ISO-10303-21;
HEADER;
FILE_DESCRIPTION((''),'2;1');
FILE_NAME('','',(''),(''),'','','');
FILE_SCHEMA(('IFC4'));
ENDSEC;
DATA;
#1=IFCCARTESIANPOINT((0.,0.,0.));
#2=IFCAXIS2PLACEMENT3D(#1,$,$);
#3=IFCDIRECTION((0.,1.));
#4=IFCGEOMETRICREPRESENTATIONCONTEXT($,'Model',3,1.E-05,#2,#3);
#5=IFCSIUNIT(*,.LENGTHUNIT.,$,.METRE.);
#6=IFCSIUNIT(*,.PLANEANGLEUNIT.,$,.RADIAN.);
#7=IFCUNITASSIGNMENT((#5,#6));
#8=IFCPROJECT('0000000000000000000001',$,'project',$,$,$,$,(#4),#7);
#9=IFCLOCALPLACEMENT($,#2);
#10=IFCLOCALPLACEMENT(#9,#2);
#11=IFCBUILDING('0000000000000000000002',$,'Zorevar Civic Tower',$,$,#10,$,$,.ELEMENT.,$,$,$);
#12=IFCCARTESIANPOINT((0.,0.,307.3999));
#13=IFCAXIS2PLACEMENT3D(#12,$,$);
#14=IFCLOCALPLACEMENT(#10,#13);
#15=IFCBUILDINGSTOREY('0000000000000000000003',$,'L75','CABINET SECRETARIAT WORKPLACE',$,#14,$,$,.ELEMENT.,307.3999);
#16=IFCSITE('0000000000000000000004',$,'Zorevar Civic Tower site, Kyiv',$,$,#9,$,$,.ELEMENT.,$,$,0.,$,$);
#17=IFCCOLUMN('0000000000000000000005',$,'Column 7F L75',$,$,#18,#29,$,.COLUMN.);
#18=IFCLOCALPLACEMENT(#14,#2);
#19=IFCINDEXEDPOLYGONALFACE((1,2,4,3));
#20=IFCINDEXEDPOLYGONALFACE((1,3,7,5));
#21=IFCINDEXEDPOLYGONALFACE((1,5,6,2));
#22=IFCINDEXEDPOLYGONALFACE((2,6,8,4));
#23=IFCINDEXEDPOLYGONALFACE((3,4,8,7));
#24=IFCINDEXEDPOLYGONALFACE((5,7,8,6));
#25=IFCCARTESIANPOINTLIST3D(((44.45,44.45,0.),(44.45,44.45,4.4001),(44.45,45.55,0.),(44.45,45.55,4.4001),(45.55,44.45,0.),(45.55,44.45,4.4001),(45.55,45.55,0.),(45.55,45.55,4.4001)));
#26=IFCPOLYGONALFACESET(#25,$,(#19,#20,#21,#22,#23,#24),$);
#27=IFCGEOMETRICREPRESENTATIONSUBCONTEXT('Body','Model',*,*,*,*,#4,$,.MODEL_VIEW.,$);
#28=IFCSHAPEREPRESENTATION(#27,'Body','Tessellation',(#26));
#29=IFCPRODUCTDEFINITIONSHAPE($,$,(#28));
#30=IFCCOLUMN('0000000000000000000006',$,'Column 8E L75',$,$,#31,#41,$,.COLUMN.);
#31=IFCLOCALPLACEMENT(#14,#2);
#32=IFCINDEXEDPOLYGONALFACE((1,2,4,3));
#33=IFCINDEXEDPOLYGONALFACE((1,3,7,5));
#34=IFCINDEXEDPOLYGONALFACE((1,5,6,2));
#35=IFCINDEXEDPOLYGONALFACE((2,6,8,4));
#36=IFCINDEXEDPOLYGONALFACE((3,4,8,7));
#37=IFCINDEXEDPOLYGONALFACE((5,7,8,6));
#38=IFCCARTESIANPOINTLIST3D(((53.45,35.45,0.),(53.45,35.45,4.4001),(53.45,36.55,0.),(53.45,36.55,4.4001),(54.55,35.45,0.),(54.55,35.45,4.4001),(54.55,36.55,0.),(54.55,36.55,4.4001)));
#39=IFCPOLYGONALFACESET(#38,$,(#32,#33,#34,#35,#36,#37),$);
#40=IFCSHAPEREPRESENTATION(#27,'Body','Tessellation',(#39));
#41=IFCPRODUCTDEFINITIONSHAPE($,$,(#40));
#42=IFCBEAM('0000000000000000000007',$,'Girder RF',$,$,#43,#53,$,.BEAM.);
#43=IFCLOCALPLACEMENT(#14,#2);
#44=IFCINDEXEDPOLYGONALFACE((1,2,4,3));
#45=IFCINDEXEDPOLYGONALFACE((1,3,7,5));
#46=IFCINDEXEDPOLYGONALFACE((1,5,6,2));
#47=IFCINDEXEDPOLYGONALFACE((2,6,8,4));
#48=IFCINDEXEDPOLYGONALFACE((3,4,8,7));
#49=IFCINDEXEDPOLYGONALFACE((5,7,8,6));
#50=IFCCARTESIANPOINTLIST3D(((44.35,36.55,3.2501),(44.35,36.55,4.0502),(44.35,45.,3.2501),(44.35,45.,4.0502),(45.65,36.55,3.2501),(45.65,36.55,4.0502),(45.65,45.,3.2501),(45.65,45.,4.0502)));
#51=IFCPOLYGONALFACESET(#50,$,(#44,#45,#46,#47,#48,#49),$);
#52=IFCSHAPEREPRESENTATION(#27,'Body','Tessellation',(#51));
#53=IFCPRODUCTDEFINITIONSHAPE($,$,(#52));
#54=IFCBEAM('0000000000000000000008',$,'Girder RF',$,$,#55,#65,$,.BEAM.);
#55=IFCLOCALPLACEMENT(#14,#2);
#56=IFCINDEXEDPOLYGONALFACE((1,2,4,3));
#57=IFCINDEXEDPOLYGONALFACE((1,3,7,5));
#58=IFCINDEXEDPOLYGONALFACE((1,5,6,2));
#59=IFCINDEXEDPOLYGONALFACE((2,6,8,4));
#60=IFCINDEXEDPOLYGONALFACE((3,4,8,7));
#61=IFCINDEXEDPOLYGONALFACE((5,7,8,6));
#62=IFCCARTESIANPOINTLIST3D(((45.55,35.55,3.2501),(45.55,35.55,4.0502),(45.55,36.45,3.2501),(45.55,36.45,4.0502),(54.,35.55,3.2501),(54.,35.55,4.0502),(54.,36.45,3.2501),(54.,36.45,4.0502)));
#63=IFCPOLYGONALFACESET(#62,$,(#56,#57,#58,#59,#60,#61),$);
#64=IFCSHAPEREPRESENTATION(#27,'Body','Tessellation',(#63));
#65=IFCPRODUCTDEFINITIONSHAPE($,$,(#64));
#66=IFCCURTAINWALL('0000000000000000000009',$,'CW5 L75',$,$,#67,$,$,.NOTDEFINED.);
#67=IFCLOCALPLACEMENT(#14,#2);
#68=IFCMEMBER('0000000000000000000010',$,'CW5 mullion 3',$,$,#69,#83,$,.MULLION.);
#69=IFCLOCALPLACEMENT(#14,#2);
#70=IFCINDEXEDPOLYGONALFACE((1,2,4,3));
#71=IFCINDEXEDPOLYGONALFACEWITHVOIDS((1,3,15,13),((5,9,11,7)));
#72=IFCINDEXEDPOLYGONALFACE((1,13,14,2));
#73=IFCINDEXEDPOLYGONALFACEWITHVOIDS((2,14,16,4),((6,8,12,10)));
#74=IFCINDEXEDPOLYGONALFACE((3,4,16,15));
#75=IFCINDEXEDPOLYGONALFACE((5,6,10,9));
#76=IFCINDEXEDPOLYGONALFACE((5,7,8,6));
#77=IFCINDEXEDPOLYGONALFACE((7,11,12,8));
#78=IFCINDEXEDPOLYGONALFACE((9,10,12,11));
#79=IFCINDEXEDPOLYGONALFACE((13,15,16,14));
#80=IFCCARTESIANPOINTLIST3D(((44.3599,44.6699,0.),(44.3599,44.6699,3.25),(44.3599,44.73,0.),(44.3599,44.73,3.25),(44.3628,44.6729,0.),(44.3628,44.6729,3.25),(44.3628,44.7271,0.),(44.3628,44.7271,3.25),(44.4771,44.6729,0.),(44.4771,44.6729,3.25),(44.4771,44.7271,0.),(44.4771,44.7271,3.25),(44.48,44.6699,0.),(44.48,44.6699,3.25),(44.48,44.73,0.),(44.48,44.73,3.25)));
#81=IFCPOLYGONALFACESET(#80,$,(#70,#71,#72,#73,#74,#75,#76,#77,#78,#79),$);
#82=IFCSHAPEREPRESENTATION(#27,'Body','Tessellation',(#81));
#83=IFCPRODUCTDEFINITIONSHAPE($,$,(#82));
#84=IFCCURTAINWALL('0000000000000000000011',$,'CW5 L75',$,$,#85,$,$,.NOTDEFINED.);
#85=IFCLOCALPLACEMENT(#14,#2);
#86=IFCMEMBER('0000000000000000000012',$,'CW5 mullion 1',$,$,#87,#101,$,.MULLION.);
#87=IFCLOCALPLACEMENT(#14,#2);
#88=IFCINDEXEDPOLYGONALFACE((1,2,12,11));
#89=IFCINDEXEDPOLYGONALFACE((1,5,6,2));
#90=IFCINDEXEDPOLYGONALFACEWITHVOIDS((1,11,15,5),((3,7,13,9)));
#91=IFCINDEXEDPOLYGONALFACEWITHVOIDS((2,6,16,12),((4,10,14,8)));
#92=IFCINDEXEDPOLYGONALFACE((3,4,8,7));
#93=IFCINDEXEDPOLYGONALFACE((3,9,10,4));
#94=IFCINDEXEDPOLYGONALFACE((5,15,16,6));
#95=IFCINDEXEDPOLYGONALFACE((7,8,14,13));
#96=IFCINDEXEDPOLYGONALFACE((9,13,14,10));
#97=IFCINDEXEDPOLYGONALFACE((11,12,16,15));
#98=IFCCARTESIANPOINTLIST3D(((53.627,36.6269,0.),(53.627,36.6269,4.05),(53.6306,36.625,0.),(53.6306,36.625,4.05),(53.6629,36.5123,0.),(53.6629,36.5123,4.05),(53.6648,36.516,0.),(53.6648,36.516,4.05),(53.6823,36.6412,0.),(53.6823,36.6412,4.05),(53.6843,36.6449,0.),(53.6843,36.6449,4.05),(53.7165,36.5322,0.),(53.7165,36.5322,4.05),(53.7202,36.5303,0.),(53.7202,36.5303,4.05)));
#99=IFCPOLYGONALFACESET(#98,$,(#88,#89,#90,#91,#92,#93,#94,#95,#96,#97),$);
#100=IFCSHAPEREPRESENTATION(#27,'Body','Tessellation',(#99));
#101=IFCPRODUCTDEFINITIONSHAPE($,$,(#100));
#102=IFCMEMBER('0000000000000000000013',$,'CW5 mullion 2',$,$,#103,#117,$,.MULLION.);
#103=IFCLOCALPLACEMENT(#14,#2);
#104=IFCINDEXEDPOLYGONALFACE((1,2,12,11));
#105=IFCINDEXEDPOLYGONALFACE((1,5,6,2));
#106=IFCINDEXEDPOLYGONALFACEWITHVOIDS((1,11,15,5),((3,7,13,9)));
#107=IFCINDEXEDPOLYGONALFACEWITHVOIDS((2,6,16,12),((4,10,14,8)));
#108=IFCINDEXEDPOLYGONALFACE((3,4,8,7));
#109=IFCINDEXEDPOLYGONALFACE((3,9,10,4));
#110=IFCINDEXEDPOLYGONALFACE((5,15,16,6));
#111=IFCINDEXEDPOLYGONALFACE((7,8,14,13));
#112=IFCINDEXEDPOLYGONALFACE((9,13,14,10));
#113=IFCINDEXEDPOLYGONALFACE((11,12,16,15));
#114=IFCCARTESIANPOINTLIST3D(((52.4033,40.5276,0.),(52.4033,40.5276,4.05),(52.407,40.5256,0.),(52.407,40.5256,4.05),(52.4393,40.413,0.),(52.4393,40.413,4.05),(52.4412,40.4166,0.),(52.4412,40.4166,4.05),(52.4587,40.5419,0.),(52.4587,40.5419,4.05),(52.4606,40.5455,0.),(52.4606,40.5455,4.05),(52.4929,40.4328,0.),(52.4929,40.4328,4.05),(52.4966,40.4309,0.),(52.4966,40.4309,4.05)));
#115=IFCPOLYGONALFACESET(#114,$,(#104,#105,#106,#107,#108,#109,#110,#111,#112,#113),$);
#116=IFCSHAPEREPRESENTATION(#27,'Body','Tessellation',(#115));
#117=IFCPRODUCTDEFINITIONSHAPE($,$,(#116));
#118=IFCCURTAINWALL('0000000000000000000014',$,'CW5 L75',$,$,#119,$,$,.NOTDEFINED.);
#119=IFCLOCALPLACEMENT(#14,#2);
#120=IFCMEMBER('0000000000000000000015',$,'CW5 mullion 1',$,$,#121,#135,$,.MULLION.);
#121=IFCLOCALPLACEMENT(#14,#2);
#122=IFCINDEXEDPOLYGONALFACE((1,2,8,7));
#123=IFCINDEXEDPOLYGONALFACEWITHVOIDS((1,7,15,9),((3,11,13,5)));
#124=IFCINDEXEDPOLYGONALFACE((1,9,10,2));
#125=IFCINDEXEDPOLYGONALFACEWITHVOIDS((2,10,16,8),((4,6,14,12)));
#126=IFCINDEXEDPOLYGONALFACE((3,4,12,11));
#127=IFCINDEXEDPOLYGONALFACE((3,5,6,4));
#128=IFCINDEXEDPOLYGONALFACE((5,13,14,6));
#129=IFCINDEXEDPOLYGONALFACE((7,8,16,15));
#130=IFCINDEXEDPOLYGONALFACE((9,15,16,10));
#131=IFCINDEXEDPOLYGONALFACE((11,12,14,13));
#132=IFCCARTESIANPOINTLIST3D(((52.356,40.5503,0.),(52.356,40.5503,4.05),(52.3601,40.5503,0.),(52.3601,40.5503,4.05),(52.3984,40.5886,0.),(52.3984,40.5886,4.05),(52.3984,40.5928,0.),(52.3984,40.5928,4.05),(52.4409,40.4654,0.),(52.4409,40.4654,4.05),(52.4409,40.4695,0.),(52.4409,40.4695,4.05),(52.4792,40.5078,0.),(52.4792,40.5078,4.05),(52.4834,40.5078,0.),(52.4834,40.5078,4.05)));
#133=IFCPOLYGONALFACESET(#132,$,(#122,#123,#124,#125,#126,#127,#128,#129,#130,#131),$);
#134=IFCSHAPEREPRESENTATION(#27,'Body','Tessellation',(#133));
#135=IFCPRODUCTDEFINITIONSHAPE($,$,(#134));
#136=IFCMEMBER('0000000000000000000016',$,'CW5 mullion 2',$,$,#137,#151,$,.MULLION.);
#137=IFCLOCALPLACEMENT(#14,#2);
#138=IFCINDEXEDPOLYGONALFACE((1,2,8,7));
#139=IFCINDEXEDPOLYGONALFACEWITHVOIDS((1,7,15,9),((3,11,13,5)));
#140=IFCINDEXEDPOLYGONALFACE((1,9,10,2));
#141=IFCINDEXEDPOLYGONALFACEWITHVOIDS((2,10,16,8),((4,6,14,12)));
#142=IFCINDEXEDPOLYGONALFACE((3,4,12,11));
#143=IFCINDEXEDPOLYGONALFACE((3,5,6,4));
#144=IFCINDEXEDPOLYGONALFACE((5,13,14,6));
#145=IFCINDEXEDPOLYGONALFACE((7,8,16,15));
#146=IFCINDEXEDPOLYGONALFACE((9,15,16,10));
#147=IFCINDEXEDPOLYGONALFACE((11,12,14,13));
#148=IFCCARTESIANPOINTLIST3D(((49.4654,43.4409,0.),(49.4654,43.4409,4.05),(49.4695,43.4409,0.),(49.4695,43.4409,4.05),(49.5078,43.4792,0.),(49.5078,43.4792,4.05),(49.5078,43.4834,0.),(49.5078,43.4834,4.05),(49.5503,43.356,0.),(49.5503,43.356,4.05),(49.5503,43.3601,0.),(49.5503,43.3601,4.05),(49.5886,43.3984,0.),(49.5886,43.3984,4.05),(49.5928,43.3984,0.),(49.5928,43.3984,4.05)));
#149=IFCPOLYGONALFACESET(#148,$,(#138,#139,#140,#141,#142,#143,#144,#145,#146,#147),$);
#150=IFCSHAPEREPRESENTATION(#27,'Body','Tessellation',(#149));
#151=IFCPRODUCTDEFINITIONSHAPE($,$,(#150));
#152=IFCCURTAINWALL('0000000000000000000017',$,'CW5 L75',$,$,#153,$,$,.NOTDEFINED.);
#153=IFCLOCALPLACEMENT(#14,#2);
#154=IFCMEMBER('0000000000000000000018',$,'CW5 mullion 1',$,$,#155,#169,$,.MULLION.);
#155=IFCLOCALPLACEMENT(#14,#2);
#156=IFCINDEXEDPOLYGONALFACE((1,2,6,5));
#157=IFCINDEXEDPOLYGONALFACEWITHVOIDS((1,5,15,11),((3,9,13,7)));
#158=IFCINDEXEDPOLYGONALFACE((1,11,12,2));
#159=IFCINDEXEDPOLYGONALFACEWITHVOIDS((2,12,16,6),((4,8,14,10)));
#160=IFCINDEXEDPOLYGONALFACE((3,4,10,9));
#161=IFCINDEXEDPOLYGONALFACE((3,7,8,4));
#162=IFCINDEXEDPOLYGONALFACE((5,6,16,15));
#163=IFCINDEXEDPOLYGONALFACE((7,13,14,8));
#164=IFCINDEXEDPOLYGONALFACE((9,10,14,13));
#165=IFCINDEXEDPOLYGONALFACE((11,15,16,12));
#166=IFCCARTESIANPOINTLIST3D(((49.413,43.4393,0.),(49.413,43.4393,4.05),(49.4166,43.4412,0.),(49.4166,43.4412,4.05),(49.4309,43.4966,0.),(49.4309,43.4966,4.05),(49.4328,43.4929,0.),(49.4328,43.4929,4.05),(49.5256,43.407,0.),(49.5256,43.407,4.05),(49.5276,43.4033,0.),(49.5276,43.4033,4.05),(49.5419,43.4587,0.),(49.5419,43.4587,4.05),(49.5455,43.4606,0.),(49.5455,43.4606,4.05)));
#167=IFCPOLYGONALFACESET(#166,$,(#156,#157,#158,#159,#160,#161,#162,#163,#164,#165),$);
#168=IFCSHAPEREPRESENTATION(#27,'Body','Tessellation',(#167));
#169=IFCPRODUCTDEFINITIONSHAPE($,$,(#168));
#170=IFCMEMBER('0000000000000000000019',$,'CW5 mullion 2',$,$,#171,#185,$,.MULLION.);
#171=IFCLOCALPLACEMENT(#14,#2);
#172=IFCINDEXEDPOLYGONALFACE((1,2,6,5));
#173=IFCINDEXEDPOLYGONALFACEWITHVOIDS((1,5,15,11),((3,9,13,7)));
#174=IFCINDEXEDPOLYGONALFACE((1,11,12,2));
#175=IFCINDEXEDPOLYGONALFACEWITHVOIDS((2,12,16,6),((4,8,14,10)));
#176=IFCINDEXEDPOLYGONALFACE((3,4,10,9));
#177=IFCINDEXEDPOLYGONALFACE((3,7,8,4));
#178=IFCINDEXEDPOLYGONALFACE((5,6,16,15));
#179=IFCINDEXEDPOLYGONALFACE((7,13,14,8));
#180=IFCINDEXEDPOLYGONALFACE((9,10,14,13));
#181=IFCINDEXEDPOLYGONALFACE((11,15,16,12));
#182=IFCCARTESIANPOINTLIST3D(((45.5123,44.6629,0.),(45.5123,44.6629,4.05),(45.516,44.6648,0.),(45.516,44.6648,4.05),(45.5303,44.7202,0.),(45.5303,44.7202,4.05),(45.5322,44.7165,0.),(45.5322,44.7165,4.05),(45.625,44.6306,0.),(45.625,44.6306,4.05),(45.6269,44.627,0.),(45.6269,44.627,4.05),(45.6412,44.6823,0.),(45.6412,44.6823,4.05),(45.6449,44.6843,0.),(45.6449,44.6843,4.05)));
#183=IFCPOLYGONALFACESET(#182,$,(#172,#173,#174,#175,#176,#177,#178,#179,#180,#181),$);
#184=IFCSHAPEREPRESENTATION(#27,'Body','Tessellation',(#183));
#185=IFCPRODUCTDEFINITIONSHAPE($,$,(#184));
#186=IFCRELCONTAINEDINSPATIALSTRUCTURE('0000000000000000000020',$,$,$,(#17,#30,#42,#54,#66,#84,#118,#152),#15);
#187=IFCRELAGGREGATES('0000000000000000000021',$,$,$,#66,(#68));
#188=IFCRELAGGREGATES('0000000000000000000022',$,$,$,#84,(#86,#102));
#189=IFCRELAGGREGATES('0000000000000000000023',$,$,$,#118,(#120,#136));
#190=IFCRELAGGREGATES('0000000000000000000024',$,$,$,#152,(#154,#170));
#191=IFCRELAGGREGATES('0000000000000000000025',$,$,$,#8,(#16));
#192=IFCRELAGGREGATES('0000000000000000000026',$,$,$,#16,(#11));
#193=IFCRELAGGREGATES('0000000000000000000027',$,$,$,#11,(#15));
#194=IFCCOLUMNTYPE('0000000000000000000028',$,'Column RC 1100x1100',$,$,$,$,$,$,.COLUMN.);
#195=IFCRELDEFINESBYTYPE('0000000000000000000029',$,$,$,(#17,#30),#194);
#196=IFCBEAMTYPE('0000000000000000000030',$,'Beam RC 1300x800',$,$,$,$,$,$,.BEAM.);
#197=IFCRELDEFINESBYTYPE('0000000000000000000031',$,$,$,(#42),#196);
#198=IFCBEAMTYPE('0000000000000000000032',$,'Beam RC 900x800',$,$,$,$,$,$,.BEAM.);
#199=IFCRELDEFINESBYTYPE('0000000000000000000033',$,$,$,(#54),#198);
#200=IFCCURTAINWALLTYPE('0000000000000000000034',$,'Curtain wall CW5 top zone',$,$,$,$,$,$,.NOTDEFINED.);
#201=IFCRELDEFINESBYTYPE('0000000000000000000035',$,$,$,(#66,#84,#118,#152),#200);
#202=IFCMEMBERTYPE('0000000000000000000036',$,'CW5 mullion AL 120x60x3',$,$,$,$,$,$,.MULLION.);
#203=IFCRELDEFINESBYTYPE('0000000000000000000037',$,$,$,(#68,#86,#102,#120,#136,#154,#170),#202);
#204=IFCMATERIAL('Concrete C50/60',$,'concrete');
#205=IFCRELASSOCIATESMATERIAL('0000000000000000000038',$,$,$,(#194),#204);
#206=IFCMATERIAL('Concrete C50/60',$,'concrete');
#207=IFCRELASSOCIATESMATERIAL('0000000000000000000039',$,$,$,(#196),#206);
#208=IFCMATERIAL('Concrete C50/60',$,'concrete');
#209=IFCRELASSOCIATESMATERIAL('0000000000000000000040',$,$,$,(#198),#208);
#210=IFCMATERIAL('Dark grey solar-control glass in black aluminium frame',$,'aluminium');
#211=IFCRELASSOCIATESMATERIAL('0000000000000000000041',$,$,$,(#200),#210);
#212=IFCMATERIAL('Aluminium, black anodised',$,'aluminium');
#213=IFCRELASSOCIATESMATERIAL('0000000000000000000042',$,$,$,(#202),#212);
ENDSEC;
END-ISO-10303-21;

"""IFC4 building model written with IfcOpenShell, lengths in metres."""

from ifc_helpers import new_model, si_unit, direction, frame, origin, origin_2d, place, context, subcontext, project, spatial, rectangle, hollow_rectangle, extrude, material, material_profile, profile_set, type_object, element, aggregate, save


model = new_model("IFC4")

# Units and contexts
model_context = context("Model", 3, precision=1e-05, world=origin(), true_north=direction((0.0, 1.0)))
body_context = subcontext(model_context, "Body", "Model", "MODEL_VIEW")
ifc_project = project(units=[si_unit("LENGTHUNIT", "METRE"), si_unit("PLANEANGLEUNIT", "RADIAN")], contexts=[model_context])

# Site, building, storey
site_placement = place(None, origin())
site = spatial("IfcSite", under=ifc_project, at=site_placement, Name="Zorevar Civic Tower site, Kyiv", CompositionType="ELEMENT", RefElevation=0.0)
building_placement = place(site_placement, origin())
building = spatial("IfcBuilding", under=site, at=building_placement, Name="Zorevar Civic Tower", CompositionType="ELEMENT")
storey_placement = place(building_placement, frame((0.0, 0.0, 307.3999)))
storey = spatial("IfcBuildingStorey", under=building, at=storey_placement, Name="L75", Description="CABINET SECRETARIAT WORKPLACE", CompositionType="ELEMENT", Elevation=307.3999)

# Columns
ifc_material_1 = material(Name="Concrete C50/60", Category="concrete")
ifc_material_profile_1 = material_profile(ifc_material_1, rectangle(XDim=1.1001, YDim=1.1001, at=origin_2d()), Name="RC 1100x1100")
ifc_profile_set_1 = profile_set([ifc_material_profile_1], Name="Concrete C50/60")
column_type = type_object("IfcColumnType", Name="Column RC 1100x1100", PredefinedType="COLUMN", material=ifc_profile_set_1)
for number, where, z_axis, x_axis, name in (
    (1, (45.0, 45.0, 0.0), (0.0, 0.0, 1.0), (1.0, 0.0, 0.0), "Column 7F L75"),
    (2, (54.0, 36.0, 0.0), (0.0, 0.0, 1.0), (1.0, 0.0, 0.0), "Column 8E L75"),
):
    element("IfcColumn", number, at=place(storey_placement, frame(where, z_axis=z_axis, x_axis=x_axis)), inside=storey, type_object=column_type, Name=name, PredefinedType="COLUMN", context=body_context, shape_type="SweptSolid", body=[
        extrude(rectangle(XDim=1.1001, YDim=1.1001, at=origin_2d()), origin(), (0.0, 0.0, 1.0), 4.4001),
    ])

# Beams
ifc_material_2 = material(Name="Concrete C50/60", Category="concrete")
ifc_material_profile_2 = material_profile(ifc_material_2, rectangle(XDim=1.3, YDim=0.8, at=origin_2d()), Name="RC 1300x800")
ifc_profile_set_2 = profile_set([ifc_material_profile_2], Name="Concrete C50/60")
beam_type_1 = type_object("IfcBeamType", Name="Beam RC 1300x800", PredefinedType="BEAM", material=ifc_profile_set_2)
beam_1_placement = place(storey_placement, frame((45.0, 36.55, 3.6501), z_axis=(0.0, 1.0, 0.0), x_axis=(-1.0, 0.0, 0.0)))
element("IfcBeam", 3, at=beam_1_placement, inside=storey, type_object=beam_type_1, Name="Girder RF", PredefinedType="BEAM", context=body_context, shape_type="SweptSolid", body=[
    extrude(rectangle(XDim=1.3, YDim=0.8, at=origin_2d()), origin(), (0.0, 0.0, 1.0), 8.45),
])
ifc_material_3 = material(Name="Concrete C50/60", Category="concrete")
ifc_material_profile_3 = material_profile(ifc_material_3, rectangle(XDim=0.8999, YDim=0.8, at=origin_2d()), Name="RC 900x800")
ifc_profile_set_3 = profile_set([ifc_material_profile_3], Name="Concrete C50/60")
beam_type_2 = type_object("IfcBeamType", Name="Beam RC 900x800", PredefinedType="BEAM", material=ifc_profile_set_3)
beam_2_placement = place(storey_placement, frame((45.55, 36.0, 3.6501), z_axis=(1.0, 0.0, 0.0), x_axis=(0.0, 1.0, 0.0)))
element("IfcBeam", 4, at=beam_2_placement, inside=storey, type_object=beam_type_2, Name="Girder RF", PredefinedType="BEAM", context=body_context, shape_type="SweptSolid", body=[
    extrude(rectangle(XDim=0.8999, YDim=0.8, at=origin_2d()), origin(), (0.0, 0.0, 1.0), 8.45),
])

# Curtain wall, member
ifc_material_4 = material(Name="Dark grey solar-control glass in black aluminium frame", Category="aluminium")
curtain_wall_type = type_object("IfcCurtainWallType", Name="Curtain wall CW5 top zone", PredefinedType="NOTDEFINED", material=ifc_material_4)
curtain_wall_1_placement = place(storey_placement, origin())
curtain_wall_1 = element("IfcCurtainWall", 5, at=curtain_wall_1_placement, inside=storey, type_object=curtain_wall_type, Name="CW5 L75", PredefinedType="NOTDEFINED")
ifc_material_5 = material(Name="Aluminium, black anodised", Category="aluminium")
ifc_material_profile_4 = material_profile(ifc_material_5, hollow_rectangle(XDim=0.0601, YDim=0.1201, WallThickness=0.0029, at=origin_2d()), Name="AL 120x60x3")
ifc_profile_set_4 = profile_set([ifc_material_profile_4], Name="Aluminium, black anodised")
member_type_1 = type_object("IfcMemberType", Name="CW5 mullion AL 120x60x3", PredefinedType="MULLION", material=ifc_profile_set_4)
member_1_placement = place(storey_placement, frame((44.4199, 44.7, 0.0), z_axis=(0.0, 0.0, 1.0), x_axis=(0.0, 1.0, 0.0)))
member_1 = element("IfcMember", 6, at=member_1_placement, type_object=member_type_1, Name="CW5 mullion 3", PredefinedType="MULLION", context=body_context, shape_type="SweptSolid", body=[
    extrude(hollow_rectangle(XDim=0.0601, YDim=0.1201, WallThickness=0.0029, at=origin_2d()), origin(), (0.0, 0.0, 1.0), 3.25),
])

# Curtain walls, members
curtain_wall_2_placement = place(storey_placement, origin())
curtain_wall_2 = element("IfcCurtainWall", 7, at=curtain_wall_2_placement, inside=storey, type_object=curtain_wall_type, Name="CW5 L75", PredefinedType="NOTDEFINED")
member_2_placement = place(storey_placement, frame((53.6736, 36.5786, 0.0), z_axis=(0.0, 0.0, 1.0), x_axis=(-0.954153, -0.299318, 0.0)))
member_2 = element("IfcMember", 8, at=member_2_placement, type_object=member_type_1, Name="CW5 mullion 1", PredefinedType="MULLION", context=body_context, shape_type="SweptSolid", body=[
    extrude(hollow_rectangle(XDim=0.0601, YDim=0.1201, WallThickness=0.0029, at=origin_2d()), origin(), (0.0, 0.0, 1.0), 4.05),
])
member_3_placement = place(storey_placement, frame((52.45, 40.4792, 0.0), z_axis=(0.0, 0.0, 1.0), x_axis=(-0.954153, -0.299318, 0.0)))
member_3 = element("IfcMember", 9, at=member_3_placement, type_object=member_type_1, Name="CW5 mullion 2", PredefinedType="MULLION", context=body_context, shape_type="SweptSolid", body=[
    extrude(hollow_rectangle(XDim=0.0601, YDim=0.1201, WallThickness=0.0029, at=origin_2d()), origin(), (0.0, 0.0, 1.0), 4.05),
])
curtain_wall_3_placement = place(storey_placement, origin())
curtain_wall_3 = element("IfcCurtainWall", 10, at=curtain_wall_3_placement, inside=storey, type_object=curtain_wall_type, Name="CW5 L75", PredefinedType="NOTDEFINED")
member_4_placement = place(storey_placement, frame((52.4197, 40.5291, 0.0), z_axis=(0.0, 0.0, 1.0), x_axis=(-0.707107, -0.707107, 0.0)))
member_4 = element("IfcMember", 11, at=member_4_placement, type_object=member_type_1, Name="CW5 mullion 1", PredefinedType="MULLION", context=body_context, shape_type="SweptSolid", body=[
    extrude(hollow_rectangle(XDim=0.0601, YDim=0.1201, WallThickness=0.0029, at=origin_2d()), origin(), (0.0, 0.0, 1.0), 4.05),
])
member_5_placement = place(storey_placement, frame((49.5291, 43.4197, 0.0), z_axis=(0.0, 0.0, 1.0), x_axis=(-0.707107, -0.707107, 0.0)))
member_5 = element("IfcMember", 12, at=member_5_placement, type_object=member_type_1, Name="CW5 mullion 2", PredefinedType="MULLION", context=body_context, shape_type="SweptSolid", body=[
    extrude(hollow_rectangle(XDim=0.0601, YDim=0.1201, WallThickness=0.0029, at=origin_2d()), origin(), (0.0, 0.0, 1.0), 4.05),
])
curtain_wall_4_placement = place(storey_placement, origin())
curtain_wall_4 = element("IfcCurtainWall", 13, at=curtain_wall_4_placement, inside=storey, type_object=curtain_wall_type, Name="CW5 L75", PredefinedType="NOTDEFINED")
member_6_placement = place(storey_placement, frame((49.4792, 43.45, 0.0), z_axis=(0.0, 0.0, 1.0), x_axis=(-0.299318, -0.954153, 0.0)))
member_6 = element("IfcMember", 14, at=member_6_placement, type_object=member_type_1, Name="CW5 mullion 1", PredefinedType="MULLION", context=body_context, shape_type="SweptSolid", body=[
    extrude(hollow_rectangle(XDim=0.0601, YDim=0.1201, WallThickness=0.0029, at=origin_2d()), origin(), (0.0, 0.0, 1.0), 4.05),
])
member_7_placement = place(storey_placement, frame((45.5786, 44.6736, 0.0), z_axis=(0.0, 0.0, 1.0), x_axis=(-0.299318, -0.954153, 0.0)))
member_7 = element("IfcMember", 15, at=member_7_placement, type_object=member_type_1, Name="CW5 mullion 2", PredefinedType="MULLION", context=body_context, shape_type="SweptSolid", body=[
    extrude(hollow_rectangle(XDim=0.0601, YDim=0.1201, WallThickness=0.0029, at=origin_2d()), origin(), (0.0, 0.0, 1.0), 4.05),
])

aggregate(curtain_wall_1, [member_1])
aggregate(curtain_wall_2, [member_2, member_3])
aggregate(curtain_wall_3, [member_4, member_5])
aggregate(curtain_wall_4, [member_6, member_7])

save(model, "model.ifc")
